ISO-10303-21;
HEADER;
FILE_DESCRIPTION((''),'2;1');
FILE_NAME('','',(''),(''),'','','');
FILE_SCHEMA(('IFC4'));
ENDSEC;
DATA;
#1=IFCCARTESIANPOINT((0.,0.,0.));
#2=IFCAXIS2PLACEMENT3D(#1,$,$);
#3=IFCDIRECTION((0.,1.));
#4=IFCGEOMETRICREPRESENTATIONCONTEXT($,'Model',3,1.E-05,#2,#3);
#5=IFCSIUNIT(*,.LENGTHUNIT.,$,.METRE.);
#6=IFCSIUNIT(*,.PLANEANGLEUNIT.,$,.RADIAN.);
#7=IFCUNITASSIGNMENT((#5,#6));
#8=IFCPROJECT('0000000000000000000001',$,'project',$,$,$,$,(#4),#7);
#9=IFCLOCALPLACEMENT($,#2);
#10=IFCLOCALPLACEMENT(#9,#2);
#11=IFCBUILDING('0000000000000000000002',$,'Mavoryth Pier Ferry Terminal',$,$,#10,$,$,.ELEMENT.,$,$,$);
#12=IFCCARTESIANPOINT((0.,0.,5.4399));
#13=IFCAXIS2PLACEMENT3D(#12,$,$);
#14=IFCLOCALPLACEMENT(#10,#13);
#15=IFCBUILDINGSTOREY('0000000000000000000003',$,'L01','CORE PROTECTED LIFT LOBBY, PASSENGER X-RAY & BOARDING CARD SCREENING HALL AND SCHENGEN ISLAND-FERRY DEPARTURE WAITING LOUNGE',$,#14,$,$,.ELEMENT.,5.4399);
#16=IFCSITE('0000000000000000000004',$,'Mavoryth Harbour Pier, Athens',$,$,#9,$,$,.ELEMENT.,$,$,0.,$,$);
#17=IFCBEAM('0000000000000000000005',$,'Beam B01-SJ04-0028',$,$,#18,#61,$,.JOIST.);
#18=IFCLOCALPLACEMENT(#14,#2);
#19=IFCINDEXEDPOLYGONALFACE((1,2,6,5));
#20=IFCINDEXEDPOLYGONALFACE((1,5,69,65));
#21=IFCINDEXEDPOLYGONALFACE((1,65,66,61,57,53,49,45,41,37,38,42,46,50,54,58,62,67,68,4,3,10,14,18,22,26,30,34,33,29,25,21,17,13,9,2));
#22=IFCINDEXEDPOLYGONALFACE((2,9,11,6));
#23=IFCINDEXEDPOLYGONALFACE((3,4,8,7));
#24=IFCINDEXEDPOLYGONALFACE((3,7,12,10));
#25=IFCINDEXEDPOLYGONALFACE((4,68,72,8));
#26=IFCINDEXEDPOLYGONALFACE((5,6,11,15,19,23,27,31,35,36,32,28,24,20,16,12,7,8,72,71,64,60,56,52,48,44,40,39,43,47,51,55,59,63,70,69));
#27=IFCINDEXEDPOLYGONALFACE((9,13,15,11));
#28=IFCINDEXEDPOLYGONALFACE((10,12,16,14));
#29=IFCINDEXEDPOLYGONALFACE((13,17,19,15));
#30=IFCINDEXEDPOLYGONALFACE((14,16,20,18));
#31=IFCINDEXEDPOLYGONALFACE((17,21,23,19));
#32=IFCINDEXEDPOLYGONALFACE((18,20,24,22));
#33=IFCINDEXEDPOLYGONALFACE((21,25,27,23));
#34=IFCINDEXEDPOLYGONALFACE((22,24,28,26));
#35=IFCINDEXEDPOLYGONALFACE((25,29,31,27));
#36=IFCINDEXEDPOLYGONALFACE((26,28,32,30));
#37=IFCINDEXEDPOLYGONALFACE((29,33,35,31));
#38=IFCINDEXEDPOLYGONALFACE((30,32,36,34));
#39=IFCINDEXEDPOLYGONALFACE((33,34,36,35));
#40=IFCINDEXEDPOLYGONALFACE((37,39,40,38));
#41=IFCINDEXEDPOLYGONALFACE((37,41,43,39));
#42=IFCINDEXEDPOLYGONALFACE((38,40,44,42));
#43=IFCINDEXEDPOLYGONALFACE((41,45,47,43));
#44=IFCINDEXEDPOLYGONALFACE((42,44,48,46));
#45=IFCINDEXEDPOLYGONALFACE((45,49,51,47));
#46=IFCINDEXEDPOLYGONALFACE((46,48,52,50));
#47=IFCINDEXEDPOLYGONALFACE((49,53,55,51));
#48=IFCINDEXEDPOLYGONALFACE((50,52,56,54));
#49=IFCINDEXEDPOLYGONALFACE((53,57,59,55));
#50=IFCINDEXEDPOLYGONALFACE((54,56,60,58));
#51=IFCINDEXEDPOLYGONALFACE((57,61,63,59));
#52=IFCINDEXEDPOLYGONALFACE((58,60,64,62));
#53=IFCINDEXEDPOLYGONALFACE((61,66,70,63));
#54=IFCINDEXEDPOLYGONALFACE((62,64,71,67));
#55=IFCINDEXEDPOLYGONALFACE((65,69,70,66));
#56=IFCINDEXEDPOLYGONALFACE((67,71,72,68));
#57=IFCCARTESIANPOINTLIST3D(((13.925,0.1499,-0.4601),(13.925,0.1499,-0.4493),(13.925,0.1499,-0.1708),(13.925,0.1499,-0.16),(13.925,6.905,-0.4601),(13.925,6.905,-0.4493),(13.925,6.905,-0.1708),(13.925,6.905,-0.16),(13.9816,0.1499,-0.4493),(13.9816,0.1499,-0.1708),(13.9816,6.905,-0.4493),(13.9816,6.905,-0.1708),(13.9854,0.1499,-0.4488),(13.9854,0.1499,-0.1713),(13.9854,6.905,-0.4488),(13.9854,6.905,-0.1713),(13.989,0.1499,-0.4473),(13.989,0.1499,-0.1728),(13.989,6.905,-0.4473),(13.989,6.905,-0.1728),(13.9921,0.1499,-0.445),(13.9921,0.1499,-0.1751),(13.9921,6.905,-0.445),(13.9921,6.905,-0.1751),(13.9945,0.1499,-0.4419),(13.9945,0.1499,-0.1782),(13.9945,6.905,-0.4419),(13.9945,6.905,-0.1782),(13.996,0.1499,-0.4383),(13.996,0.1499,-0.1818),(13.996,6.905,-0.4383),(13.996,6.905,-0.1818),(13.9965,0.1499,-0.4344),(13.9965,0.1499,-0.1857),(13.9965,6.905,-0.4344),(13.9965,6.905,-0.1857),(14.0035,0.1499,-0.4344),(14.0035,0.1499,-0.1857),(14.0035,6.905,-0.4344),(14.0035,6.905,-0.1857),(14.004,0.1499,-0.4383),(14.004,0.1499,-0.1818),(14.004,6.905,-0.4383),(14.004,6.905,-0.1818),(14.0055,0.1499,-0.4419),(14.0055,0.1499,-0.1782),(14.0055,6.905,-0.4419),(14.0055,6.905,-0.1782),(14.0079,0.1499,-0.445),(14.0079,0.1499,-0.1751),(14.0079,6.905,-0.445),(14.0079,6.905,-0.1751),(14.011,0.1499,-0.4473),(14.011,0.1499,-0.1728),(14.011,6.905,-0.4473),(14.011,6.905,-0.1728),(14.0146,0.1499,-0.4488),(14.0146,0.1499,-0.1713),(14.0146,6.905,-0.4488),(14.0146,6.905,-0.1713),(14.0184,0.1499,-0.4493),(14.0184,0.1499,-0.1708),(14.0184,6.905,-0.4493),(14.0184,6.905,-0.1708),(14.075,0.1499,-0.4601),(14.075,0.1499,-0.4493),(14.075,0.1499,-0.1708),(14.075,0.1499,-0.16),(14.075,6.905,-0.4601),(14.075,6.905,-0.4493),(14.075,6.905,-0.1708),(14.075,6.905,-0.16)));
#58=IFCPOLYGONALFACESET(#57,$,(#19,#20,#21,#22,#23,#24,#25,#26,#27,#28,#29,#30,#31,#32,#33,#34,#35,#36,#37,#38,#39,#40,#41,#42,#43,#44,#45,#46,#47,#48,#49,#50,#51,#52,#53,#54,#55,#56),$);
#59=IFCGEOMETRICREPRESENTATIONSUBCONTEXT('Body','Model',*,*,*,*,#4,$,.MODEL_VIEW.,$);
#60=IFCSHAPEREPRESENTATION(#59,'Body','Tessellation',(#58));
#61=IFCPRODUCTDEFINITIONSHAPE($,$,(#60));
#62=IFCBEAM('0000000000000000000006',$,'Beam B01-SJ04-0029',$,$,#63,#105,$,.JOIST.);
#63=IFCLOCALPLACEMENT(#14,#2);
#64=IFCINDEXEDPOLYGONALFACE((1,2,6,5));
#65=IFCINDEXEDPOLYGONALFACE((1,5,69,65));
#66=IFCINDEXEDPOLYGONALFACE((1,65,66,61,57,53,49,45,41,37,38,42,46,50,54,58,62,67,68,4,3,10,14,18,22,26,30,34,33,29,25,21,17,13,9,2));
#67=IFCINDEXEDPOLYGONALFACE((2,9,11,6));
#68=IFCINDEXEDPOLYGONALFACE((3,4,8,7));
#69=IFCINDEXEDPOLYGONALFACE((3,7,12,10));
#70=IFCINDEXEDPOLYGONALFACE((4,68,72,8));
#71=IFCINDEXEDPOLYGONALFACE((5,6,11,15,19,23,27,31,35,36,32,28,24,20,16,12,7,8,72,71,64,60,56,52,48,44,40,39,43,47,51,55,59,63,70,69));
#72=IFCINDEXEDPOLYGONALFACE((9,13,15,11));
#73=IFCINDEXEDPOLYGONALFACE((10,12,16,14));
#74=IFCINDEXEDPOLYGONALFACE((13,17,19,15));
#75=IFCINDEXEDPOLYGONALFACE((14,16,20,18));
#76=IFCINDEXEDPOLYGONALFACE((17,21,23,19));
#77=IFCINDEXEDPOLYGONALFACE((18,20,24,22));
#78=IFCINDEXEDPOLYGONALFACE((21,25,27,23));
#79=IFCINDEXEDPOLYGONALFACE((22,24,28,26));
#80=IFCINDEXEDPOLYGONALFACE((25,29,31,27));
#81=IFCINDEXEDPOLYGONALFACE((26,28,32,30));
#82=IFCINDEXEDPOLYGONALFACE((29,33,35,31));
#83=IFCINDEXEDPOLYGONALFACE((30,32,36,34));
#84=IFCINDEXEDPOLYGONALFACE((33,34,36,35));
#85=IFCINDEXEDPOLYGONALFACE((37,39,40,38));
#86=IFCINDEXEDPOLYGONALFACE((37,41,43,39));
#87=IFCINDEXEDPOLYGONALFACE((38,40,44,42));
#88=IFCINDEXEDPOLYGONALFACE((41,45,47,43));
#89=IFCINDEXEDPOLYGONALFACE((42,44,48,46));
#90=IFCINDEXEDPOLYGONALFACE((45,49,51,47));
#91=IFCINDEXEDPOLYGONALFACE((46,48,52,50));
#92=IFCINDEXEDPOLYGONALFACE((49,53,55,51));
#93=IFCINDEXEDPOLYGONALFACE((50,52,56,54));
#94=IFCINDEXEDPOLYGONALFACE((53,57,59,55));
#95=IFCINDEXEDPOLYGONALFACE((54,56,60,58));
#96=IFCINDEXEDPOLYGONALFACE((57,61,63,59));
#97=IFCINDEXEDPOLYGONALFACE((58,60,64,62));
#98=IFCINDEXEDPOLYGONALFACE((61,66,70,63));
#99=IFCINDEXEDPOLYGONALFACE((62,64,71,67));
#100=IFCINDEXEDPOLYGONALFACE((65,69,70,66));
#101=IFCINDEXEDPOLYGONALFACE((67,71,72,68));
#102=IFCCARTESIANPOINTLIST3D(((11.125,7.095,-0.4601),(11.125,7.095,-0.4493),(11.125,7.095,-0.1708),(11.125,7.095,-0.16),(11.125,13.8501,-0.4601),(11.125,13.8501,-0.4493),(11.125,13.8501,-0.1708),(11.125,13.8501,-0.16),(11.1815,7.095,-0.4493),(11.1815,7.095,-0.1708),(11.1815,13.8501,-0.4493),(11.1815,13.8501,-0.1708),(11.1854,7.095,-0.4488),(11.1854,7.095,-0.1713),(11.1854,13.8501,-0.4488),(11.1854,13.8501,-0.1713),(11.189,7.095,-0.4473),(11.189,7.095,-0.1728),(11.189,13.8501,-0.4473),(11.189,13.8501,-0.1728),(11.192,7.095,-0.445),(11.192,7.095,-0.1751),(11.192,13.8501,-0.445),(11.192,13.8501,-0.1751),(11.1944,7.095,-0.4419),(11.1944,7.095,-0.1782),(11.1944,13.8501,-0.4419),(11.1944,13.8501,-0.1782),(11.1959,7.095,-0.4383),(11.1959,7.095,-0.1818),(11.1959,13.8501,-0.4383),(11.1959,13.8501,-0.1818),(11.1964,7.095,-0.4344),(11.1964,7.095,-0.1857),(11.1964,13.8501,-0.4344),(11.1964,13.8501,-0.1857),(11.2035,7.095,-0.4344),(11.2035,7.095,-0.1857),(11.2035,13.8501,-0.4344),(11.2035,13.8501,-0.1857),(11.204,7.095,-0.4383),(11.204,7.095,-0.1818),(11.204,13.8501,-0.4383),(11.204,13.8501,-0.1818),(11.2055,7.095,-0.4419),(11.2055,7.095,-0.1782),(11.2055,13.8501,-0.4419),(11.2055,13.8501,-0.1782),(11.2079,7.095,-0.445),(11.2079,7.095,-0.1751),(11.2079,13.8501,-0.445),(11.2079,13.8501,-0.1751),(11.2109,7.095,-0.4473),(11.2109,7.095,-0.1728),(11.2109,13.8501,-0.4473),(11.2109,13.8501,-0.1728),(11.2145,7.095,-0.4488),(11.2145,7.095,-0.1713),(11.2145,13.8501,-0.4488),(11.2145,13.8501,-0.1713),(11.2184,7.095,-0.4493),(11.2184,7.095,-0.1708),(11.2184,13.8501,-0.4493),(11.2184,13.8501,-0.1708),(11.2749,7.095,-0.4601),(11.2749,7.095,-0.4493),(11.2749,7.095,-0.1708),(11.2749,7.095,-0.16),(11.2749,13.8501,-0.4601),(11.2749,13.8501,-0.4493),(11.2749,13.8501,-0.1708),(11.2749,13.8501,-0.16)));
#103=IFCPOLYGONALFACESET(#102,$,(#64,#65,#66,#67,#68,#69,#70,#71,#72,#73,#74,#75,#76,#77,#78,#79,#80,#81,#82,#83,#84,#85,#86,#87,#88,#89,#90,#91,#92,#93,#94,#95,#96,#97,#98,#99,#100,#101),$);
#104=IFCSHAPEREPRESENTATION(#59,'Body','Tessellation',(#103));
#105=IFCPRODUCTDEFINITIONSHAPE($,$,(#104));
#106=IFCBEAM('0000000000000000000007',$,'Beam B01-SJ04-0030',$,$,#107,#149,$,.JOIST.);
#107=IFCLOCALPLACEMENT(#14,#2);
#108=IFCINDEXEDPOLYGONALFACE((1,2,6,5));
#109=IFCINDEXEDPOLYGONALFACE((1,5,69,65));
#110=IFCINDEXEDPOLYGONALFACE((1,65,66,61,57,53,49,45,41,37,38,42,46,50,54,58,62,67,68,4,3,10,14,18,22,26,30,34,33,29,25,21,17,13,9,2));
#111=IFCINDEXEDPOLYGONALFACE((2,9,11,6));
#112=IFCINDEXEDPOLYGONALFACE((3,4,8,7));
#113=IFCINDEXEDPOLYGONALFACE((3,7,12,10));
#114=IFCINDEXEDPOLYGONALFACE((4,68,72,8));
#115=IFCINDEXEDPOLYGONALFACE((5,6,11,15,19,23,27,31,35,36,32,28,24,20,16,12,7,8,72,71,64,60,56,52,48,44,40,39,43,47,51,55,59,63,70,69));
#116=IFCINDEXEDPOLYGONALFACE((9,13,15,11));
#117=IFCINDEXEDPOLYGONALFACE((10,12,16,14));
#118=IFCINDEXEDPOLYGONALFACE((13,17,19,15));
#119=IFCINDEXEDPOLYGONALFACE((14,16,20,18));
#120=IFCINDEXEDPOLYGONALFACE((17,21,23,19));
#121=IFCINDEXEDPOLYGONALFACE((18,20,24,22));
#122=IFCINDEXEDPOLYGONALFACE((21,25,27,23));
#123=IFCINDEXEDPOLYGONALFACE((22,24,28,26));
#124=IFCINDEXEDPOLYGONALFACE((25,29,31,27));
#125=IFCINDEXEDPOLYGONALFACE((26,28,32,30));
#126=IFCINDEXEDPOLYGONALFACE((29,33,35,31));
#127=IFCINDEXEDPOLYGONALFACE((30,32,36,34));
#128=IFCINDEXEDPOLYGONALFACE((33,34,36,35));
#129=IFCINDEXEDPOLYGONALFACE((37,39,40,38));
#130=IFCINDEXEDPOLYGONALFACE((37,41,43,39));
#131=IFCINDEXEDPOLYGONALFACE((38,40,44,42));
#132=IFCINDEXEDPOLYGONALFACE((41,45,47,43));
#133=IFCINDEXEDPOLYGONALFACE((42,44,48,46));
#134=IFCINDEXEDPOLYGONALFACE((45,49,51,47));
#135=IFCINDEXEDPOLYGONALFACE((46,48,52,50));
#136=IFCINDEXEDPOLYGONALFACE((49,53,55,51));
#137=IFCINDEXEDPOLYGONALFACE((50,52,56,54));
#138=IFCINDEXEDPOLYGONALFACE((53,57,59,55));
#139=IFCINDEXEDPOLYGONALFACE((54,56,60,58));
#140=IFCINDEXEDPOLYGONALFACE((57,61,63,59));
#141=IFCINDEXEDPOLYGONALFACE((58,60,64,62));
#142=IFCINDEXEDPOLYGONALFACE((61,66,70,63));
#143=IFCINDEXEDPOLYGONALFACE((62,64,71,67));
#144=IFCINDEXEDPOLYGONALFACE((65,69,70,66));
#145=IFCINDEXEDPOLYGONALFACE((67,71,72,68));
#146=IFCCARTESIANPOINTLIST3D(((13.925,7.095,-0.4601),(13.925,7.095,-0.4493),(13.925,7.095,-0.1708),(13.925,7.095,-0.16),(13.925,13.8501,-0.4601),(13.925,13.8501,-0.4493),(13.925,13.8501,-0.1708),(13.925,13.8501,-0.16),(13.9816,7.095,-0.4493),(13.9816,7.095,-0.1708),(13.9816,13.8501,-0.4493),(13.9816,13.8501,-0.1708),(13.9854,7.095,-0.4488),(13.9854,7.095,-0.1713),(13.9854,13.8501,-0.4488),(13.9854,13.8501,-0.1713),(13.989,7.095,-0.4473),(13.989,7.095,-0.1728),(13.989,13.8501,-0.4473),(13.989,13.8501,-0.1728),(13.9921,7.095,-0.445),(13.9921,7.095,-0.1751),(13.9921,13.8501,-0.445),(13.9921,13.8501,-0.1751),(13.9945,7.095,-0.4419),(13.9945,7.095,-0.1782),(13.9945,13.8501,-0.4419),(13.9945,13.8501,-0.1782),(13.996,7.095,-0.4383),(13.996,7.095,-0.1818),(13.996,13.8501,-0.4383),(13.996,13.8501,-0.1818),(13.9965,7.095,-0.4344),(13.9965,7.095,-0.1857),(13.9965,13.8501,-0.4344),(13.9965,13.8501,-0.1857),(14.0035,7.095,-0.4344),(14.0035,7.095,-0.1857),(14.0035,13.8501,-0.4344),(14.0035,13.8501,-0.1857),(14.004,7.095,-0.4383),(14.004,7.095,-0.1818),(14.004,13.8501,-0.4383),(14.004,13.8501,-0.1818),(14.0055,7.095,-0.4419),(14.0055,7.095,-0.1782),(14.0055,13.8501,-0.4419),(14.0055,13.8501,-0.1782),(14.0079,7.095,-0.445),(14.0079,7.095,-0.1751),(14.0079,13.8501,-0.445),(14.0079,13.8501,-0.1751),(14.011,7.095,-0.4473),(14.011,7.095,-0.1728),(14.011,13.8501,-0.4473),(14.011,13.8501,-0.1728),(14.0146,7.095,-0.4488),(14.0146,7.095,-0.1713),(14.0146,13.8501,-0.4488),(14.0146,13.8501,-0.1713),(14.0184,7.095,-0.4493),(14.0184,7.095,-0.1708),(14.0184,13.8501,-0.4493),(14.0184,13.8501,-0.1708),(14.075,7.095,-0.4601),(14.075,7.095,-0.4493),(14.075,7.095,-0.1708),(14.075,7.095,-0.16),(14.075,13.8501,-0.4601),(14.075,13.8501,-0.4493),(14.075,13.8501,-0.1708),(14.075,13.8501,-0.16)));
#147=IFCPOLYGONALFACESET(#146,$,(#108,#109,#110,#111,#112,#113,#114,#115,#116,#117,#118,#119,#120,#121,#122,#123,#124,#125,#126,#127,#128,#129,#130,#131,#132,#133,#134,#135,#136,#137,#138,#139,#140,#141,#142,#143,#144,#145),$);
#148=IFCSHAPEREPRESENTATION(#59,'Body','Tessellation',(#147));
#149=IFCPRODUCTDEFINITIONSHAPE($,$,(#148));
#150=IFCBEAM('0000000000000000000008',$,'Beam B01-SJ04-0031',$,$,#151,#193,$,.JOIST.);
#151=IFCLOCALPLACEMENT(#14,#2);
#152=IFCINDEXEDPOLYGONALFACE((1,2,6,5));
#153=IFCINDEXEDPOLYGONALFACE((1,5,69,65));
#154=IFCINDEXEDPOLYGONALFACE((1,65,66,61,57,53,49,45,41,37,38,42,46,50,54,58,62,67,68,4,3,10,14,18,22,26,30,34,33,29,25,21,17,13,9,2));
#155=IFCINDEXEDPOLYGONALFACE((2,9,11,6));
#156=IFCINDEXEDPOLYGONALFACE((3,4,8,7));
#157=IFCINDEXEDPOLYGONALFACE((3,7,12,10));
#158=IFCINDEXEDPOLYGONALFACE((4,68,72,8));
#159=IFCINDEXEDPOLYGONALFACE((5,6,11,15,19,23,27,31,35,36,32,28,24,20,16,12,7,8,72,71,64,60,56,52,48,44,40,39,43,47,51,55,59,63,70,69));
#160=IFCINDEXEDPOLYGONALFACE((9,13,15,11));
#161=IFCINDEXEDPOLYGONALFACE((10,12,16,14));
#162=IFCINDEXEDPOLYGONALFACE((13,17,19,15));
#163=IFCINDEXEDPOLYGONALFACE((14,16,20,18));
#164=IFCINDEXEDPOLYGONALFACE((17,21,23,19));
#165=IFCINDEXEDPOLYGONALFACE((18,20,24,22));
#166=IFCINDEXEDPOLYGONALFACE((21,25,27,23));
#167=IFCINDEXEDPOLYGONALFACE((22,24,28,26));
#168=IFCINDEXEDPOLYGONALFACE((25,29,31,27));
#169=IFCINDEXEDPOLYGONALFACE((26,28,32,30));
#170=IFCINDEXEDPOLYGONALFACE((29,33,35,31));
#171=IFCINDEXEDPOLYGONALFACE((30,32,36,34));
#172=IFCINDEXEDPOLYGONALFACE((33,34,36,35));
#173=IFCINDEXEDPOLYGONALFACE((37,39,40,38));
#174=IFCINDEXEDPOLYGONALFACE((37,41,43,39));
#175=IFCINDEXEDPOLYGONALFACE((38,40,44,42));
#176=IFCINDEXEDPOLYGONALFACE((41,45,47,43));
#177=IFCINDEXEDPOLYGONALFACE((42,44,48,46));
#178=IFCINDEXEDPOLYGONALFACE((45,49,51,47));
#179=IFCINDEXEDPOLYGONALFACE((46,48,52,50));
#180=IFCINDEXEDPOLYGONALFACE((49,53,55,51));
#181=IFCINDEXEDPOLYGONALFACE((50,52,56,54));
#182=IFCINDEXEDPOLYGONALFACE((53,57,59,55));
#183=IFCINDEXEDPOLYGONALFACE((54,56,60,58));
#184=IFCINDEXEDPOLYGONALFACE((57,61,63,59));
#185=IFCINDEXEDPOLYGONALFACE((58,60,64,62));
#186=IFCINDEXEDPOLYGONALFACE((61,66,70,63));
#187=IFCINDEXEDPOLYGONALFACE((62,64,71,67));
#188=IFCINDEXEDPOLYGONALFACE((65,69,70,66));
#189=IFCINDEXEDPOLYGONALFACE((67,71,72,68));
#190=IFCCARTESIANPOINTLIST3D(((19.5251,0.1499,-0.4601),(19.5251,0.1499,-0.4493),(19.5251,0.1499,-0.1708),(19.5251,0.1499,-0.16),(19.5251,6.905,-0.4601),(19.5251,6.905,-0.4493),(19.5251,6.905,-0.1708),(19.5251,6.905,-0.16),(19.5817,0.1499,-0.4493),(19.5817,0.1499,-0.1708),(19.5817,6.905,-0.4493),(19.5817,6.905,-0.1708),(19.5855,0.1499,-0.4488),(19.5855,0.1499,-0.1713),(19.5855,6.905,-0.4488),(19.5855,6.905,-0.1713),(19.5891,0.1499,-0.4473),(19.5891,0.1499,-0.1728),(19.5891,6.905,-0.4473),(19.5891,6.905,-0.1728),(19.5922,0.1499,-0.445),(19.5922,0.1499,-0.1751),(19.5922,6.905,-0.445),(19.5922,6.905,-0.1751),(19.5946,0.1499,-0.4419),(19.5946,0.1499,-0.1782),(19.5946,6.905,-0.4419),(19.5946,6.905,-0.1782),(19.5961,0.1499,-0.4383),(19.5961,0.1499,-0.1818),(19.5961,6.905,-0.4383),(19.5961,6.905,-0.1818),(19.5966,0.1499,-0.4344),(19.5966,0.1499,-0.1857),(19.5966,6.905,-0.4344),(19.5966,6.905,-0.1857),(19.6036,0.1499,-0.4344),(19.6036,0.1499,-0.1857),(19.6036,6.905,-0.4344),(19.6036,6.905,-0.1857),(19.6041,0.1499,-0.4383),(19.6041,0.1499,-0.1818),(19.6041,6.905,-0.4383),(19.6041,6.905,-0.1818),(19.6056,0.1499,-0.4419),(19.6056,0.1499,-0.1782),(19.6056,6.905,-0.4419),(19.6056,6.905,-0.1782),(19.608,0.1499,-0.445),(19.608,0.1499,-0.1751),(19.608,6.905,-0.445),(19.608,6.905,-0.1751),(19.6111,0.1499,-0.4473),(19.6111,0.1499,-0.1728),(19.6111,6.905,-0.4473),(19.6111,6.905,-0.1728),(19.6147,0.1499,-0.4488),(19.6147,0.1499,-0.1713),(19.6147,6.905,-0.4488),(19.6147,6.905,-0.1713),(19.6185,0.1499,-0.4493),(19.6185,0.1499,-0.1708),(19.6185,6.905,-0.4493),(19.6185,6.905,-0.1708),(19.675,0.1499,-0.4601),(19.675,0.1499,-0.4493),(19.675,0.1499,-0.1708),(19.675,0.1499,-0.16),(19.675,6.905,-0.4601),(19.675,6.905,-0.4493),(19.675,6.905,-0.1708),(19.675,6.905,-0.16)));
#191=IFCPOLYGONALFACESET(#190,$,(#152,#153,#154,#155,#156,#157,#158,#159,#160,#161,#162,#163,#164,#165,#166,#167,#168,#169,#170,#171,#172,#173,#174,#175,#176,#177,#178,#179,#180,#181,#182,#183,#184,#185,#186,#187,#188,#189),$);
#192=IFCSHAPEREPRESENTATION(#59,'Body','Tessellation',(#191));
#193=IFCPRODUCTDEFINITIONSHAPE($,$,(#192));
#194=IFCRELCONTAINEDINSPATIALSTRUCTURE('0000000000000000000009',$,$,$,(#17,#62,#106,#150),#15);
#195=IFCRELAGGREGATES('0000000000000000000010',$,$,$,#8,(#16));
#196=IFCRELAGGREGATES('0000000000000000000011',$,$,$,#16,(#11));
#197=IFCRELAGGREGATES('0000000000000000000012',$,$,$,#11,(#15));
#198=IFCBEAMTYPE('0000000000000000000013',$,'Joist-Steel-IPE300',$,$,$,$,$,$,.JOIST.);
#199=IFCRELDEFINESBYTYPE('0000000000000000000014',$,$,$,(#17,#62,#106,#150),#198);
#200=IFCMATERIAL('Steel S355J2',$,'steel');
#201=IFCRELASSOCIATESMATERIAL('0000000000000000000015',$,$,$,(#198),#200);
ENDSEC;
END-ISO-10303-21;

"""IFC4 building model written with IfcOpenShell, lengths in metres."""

from ifc_helpers import new_model, si_unit, direction, frame, origin, origin_2d, place, context, subcontext, project, spatial, i_section, extrude, material, material_profile, profile_set, type_object, element, save


model = new_model("IFC4")

# Units and contexts
model_context = context("Model", 3, precision=1e-05, world=origin(), true_north=direction((0.0, 1.0)))
body_context = subcontext(model_context, "Body", "Model", "MODEL_VIEW")
ifc_project = project(units=[si_unit("LENGTHUNIT", "METRE"), si_unit("PLANEANGLEUNIT", "RADIAN")], contexts=[model_context])

# Site, building, storey
site_placement = place(None, origin())
site = spatial("IfcSite", under=ifc_project, at=site_placement, Name="Mavoryth Harbour Pier, Athens", CompositionType="ELEMENT", RefElevation=0.0)
building_placement = place(site_placement, origin())
building = spatial("IfcBuilding", under=site, at=building_placement, Name="Mavoryth Pier Ferry Terminal", CompositionType="ELEMENT")
storey_placement = place(building_placement, frame((0.0, 0.0, 5.4399)))
storey = spatial("IfcBuildingStorey", under=building, at=storey_placement, Name="L01", Description="CORE PROTECTED LIFT LOBBY, PASSENGER X-RAY & BOARDING CARD SCREENING HALL AND SCHENGEN ISLAND-FERRY DEPARTURE WAITING LOUNGE", CompositionType="ELEMENT", Elevation=5.4399)

# Beams
ifc_material_1 = material(Name="Steel S355J2", Category="steel")
ifc_material_profile_1 = material_profile(ifc_material_1, i_section(OverallWidth=0.1499, OverallDepth=0.3, WebThickness=0.0071, FlangeThickness=0.0107, FilletRadius=0.0149, at=origin_2d()), Name="IPE 300", Category="steel")
ifc_profile_set_1 = profile_set([ifc_material_profile_1], Name="Steel S355J2 - IPE 300")
beam_type_1 = type_object("IfcBeamType", Name="Joist-Steel-IPE300", PredefinedType="JOIST", material=ifc_profile_set_1)
for number, where, z_axis, x_axis, name in (
    (1, (14.0, 0.1499, -0.3101), (0.0, 1.0, 0.0), (-1.0, 0.0, 0.0), "Beam B01-SJ04-0028"),
    (2, (11.2, 7.095, -0.3101), (0.0, 1.0, 0.0), (-1.0, 0.0, 0.0), "Beam B01-SJ04-0029"),
    (3, (14.0, 7.095, -0.3101), (0.0, 1.0, 0.0), (-1.0, 0.0, 0.0), "Beam B01-SJ04-0030"),
    (4, (19.6001, 0.1499, -0.3101), (0.0, 1.0, 0.0), (-1.0, 0.0, 0.0), "Beam B01-SJ04-0031"),
):
    element("IfcBeam", number, at=place(storey_placement, frame(where, z_axis=z_axis, x_axis=x_axis)), inside=storey, type_object=beam_type_1, Name=name, PredefinedType="JOIST", context=body_context, shape_type="SweptSolid", body=[
        extrude(i_section(OverallWidth=0.1499, OverallDepth=0.3, WebThickness=0.0071, FlangeThickness=0.0107, FilletRadius=0.0149, at=origin_2d()), origin(), (0.0, 0.0, 1.0), 6.7551),
    ])

save(model, "model.ifc")
